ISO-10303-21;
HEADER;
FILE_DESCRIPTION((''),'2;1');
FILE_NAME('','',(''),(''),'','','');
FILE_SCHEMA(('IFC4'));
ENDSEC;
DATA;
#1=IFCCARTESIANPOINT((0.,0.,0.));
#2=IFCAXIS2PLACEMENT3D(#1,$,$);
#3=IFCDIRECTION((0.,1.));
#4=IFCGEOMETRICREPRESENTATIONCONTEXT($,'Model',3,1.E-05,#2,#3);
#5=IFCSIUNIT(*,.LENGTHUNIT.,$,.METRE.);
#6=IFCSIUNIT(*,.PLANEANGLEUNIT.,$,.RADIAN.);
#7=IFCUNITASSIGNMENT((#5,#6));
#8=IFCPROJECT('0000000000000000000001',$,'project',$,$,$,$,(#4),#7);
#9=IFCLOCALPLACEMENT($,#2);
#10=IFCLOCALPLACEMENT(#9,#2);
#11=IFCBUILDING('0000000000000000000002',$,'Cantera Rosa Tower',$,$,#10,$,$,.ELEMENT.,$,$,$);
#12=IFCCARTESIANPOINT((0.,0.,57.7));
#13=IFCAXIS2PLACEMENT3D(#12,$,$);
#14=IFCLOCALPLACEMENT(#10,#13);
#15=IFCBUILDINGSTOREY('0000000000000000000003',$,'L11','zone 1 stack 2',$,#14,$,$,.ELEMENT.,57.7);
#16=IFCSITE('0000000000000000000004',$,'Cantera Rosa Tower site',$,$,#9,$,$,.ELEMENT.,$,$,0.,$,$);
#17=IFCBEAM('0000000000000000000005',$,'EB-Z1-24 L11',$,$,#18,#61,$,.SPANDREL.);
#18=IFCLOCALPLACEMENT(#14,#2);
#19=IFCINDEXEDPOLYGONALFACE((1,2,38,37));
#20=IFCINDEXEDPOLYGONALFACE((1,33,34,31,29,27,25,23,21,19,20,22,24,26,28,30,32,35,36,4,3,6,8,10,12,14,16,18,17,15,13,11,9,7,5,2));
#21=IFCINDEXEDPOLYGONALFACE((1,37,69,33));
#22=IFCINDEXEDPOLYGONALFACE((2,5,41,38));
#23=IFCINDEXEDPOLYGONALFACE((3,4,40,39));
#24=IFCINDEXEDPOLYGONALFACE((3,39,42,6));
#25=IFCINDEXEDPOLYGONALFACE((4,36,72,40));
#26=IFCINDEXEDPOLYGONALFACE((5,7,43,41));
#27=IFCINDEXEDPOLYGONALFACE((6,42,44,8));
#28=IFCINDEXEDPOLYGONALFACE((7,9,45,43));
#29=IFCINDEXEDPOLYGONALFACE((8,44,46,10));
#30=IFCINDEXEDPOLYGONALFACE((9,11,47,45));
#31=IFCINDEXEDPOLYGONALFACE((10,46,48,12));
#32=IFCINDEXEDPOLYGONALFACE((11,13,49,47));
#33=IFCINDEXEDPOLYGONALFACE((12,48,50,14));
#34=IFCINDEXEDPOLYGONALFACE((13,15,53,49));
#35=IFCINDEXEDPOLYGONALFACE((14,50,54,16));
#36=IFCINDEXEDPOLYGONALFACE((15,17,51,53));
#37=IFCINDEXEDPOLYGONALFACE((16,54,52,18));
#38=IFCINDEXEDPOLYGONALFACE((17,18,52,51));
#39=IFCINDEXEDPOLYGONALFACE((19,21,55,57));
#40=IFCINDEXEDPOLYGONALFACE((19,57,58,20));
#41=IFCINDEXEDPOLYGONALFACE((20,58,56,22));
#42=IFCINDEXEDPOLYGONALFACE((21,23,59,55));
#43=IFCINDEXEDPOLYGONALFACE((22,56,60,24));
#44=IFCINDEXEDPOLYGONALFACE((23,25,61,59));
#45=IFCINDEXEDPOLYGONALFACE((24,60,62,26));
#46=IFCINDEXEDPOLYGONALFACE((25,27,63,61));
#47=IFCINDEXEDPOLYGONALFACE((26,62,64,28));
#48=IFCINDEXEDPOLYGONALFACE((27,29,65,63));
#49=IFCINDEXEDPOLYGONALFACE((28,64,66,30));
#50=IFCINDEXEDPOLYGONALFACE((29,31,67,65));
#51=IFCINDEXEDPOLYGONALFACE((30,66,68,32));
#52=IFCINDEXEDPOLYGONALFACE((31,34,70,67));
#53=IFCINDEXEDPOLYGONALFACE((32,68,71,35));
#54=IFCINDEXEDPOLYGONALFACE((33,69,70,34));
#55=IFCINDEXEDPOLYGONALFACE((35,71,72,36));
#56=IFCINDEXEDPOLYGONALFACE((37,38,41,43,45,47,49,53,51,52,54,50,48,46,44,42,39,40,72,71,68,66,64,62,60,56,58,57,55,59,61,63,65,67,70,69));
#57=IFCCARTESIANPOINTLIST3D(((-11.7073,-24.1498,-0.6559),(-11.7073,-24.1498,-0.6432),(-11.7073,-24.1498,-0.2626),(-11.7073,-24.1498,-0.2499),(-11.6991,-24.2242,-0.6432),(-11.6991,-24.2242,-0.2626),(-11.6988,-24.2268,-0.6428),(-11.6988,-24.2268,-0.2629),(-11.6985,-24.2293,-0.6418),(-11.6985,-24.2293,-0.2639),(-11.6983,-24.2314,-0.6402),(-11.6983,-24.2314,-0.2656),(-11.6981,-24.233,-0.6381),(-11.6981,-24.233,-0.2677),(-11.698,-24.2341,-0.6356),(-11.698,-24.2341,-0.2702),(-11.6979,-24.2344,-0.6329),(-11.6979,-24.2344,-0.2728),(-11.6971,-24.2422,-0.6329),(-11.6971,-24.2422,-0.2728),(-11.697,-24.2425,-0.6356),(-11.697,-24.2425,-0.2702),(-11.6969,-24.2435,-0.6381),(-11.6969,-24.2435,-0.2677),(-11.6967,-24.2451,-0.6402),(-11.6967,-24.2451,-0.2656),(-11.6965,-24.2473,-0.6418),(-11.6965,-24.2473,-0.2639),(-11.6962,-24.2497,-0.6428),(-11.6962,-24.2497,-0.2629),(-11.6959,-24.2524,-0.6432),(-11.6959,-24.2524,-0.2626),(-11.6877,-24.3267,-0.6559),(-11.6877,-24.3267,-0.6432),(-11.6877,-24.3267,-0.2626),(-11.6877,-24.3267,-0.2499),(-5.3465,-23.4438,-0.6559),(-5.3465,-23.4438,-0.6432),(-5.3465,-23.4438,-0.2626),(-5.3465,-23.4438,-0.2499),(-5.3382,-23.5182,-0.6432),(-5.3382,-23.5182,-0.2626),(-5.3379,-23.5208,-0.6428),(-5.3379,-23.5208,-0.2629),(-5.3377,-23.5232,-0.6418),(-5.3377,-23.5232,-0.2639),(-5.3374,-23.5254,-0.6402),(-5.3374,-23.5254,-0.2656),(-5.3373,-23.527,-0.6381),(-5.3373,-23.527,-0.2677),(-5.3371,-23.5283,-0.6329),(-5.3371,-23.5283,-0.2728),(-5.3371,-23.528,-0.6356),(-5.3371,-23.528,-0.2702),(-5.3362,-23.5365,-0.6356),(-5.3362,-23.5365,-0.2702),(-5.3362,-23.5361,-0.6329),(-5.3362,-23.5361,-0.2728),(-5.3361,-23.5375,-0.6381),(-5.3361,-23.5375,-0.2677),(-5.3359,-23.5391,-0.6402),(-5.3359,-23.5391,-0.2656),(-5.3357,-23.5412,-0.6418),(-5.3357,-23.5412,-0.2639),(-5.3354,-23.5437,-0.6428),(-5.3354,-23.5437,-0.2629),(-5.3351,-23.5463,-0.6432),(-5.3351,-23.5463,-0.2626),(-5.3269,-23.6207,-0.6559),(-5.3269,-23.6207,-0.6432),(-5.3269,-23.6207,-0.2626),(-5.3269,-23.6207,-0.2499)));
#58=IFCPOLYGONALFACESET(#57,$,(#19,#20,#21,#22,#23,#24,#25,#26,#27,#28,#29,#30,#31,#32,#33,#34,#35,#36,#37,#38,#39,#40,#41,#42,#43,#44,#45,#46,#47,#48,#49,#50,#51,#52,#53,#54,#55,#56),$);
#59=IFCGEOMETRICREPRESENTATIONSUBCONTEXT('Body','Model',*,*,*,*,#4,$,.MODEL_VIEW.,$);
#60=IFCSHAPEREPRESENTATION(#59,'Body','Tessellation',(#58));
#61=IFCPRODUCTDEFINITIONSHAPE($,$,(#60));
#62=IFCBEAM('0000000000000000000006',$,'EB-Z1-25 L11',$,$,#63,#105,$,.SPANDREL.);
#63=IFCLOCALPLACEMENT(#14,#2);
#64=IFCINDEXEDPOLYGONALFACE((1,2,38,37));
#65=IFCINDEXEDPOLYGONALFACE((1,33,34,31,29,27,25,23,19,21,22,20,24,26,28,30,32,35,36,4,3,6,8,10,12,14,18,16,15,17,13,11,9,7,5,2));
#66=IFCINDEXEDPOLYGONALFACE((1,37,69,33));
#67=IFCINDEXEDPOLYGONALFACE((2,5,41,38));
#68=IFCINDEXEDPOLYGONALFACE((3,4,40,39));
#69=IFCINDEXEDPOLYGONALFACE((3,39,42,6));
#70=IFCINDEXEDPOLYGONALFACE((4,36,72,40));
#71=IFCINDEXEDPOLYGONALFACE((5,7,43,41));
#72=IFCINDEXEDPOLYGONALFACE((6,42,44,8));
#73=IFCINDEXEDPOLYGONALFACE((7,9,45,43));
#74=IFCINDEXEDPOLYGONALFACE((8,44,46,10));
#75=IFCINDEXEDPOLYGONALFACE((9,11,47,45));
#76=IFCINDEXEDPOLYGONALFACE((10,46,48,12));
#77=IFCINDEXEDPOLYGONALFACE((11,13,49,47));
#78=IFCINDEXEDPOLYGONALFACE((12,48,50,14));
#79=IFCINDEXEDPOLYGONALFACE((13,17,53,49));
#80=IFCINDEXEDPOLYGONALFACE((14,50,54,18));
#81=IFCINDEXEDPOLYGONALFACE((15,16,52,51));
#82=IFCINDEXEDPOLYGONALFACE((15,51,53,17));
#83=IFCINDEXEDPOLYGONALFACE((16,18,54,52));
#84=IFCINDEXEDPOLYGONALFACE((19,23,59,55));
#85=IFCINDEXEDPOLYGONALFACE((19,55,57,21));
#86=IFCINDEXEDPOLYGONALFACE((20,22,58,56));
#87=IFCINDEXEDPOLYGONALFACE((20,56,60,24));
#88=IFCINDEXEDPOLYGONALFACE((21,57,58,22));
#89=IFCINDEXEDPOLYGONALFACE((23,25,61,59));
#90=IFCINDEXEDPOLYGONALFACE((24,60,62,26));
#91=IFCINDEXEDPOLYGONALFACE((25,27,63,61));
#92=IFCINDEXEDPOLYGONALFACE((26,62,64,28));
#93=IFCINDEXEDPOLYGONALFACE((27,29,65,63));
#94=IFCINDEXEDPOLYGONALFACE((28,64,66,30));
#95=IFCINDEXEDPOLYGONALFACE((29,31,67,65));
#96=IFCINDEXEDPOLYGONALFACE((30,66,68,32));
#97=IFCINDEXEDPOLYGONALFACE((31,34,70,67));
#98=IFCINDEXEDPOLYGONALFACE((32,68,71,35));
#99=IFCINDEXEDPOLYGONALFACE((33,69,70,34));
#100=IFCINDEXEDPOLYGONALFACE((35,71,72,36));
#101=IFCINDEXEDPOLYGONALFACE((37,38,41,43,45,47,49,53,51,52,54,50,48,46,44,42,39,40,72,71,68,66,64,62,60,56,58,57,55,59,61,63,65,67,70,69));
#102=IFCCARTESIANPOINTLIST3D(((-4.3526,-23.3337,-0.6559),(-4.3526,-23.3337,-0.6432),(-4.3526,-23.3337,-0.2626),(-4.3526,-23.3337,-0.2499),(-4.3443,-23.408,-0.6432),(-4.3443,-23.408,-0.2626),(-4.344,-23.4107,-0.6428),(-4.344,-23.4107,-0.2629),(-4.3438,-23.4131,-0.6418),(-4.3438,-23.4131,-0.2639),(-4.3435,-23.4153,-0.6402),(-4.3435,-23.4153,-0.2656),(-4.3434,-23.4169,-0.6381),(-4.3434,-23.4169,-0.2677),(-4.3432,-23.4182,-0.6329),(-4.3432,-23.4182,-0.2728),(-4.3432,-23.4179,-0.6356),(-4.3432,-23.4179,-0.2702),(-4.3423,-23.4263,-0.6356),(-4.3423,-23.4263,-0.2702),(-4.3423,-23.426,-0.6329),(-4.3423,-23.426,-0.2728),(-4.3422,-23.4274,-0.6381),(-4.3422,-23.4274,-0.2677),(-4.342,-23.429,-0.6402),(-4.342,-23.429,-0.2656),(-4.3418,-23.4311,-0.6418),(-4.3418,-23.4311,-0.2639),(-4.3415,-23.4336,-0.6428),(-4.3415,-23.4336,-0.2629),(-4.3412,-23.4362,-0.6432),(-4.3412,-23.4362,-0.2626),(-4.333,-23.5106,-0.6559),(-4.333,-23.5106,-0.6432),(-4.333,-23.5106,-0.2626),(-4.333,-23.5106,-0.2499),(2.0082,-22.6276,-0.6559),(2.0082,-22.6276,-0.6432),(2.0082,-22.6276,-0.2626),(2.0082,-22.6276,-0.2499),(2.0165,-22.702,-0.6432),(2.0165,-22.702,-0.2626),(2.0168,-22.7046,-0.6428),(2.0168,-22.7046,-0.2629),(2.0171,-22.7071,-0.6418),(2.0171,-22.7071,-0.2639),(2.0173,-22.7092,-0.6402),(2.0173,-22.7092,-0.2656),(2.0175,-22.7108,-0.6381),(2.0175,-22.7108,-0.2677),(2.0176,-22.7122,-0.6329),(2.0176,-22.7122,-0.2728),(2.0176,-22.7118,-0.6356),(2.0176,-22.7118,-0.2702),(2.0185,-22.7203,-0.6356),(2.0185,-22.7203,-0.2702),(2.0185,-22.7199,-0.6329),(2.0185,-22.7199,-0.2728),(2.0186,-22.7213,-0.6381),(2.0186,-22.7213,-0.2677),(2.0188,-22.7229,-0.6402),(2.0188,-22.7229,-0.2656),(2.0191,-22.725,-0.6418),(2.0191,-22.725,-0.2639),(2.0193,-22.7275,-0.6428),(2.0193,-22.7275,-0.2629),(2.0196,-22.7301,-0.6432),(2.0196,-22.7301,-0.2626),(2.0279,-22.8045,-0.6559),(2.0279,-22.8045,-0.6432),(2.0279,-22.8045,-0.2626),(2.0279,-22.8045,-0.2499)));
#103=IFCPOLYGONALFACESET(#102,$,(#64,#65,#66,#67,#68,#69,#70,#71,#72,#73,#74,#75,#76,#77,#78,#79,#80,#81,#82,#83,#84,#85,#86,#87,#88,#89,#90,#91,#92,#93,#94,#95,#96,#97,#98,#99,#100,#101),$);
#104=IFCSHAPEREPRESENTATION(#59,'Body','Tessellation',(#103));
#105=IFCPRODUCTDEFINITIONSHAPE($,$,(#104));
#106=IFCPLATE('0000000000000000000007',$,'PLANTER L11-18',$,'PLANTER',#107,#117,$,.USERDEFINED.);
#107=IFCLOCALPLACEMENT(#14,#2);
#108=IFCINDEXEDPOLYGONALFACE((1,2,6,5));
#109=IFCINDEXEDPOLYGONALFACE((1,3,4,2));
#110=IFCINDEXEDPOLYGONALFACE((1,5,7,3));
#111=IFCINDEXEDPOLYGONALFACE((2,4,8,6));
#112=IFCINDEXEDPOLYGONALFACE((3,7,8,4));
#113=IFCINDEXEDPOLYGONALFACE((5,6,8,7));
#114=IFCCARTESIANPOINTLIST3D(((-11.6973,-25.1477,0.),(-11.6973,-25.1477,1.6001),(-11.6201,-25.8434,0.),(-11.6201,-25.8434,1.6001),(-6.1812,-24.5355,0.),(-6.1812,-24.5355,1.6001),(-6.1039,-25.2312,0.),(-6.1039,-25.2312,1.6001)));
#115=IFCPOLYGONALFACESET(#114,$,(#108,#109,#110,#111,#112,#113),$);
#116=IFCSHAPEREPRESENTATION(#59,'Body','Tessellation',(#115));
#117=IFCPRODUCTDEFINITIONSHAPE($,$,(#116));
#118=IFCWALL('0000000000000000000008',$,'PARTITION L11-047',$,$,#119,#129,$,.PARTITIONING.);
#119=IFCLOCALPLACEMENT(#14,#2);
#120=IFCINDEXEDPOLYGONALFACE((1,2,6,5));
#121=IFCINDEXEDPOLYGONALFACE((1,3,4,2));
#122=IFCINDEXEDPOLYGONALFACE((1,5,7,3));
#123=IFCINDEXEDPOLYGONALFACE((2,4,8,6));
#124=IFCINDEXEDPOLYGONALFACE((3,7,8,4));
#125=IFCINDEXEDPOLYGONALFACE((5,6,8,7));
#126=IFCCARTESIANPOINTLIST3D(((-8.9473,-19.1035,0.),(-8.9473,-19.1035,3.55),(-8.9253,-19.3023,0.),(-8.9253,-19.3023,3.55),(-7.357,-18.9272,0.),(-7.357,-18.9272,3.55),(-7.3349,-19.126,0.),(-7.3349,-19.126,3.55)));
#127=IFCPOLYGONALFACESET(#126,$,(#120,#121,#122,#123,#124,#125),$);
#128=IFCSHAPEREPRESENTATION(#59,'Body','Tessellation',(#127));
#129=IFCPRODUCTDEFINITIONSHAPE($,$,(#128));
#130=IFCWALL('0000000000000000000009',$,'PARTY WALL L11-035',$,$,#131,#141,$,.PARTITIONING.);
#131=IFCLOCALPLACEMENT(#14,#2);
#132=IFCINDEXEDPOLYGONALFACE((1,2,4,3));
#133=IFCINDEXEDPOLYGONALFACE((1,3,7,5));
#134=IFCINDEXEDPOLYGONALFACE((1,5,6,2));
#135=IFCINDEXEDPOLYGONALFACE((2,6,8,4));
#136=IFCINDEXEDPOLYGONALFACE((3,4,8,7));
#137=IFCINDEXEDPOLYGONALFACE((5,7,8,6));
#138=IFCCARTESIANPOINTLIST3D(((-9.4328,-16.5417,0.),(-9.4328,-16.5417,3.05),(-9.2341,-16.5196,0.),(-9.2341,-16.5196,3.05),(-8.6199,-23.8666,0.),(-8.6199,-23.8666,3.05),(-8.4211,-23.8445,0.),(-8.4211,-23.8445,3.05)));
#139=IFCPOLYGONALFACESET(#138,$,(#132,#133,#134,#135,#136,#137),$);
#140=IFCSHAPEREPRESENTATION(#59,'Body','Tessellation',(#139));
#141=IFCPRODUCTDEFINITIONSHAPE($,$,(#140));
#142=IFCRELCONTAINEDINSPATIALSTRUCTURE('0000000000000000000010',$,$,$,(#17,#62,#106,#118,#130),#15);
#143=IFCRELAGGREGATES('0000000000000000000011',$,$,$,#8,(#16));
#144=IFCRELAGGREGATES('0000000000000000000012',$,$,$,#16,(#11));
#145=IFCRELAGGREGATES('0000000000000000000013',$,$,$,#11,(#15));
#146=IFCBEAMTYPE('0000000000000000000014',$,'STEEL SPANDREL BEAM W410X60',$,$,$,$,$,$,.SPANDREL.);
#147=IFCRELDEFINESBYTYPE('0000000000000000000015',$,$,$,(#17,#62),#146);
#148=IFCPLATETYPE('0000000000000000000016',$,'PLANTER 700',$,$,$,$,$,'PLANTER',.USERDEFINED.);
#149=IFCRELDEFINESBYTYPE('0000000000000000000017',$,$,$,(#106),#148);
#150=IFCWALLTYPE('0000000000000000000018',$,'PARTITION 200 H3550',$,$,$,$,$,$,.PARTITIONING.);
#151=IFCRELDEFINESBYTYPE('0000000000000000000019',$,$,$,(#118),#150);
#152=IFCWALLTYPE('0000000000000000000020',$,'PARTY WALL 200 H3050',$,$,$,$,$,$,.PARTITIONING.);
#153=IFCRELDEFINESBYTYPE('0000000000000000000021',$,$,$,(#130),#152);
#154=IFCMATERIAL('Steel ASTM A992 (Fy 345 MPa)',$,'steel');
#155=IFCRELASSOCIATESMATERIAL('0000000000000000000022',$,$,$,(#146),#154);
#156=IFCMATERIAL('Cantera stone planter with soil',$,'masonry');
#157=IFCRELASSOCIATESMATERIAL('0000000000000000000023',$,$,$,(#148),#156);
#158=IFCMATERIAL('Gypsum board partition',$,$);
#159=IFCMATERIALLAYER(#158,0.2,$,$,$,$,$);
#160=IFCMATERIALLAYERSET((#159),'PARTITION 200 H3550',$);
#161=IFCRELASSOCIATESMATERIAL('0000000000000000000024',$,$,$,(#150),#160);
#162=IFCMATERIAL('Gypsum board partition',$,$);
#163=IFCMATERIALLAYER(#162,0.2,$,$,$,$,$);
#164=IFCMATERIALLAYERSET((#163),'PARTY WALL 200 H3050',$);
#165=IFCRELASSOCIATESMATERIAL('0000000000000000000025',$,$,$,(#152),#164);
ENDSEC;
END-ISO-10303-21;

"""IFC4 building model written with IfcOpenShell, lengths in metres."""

from ifc_helpers import new_model, si_unit, direction, frame, frame_2d, origin, origin_2d, place, context, subcontext, project, spatial, rectangle, i_section, extrude, material, layer, layer_set, material_profile, profile_set, type_object, element, save


model = new_model("IFC4")

# Units and contexts
model_context = context("Model", 3, precision=1e-05, world=origin(), true_north=direction((0.0, 1.0)))
body_context = subcontext(model_context, "Body", "Model", "MODEL_VIEW")
ifc_project = project(units=[si_unit("LENGTHUNIT", "METRE"), si_unit("PLANEANGLEUNIT", "RADIAN")], contexts=[model_context])

# Site, building, storey
site_placement = place(None, origin())
site = spatial("IfcSite", under=ifc_project, at=site_placement, Name="Cantera Rosa Tower site", CompositionType="ELEMENT", RefElevation=0.0)
building_placement = place(site_placement, origin())
building = spatial("IfcBuilding", under=site, at=building_placement, Name="Cantera Rosa Tower", CompositionType="ELEMENT")
storey_placement = place(building_placement, frame((0.0, 0.0, 57.7)))
storey = spatial("IfcBuildingStorey", under=building, at=storey_placement, Name="L11", Description="zone 1 stack 2", CompositionType="ELEMENT", Elevation=57.7)

# Beams
ifc_material_1 = material(Name="Steel ASTM A992 (Fy 345 MPa)", Category="steel")
ifc_material_profile_1 = material_profile(ifc_material_1, i_section(OverallWidth=0.178, OverallDepth=0.406, WebThickness=0.0078, FlangeThickness=0.0127, FilletRadius=0.0103, at=origin_2d()), Name="W410X60")
ifc_profile_set_1 = profile_set([ifc_material_profile_1], Name="Steel ASTM A992 (Fy 345 MPa)")
beam_type_1 = type_object("IfcBeamType", Name="STEEL SPANDREL BEAM W410X60", PredefinedType="SPANDREL", material=ifc_profile_set_1)
for number, where, z_axis, x_axis, name in (
    (1, (-11.6975, -24.2383, -0.4529), (0.993896, 0.110323, 0.0), (-0.110323, 0.993896, 0.0), "EB-Z1-24 L11"),
    (2, (-4.3428, -23.4221, -0.4529), (0.993896, 0.110323, 0.0), (-0.110323, 0.993896, 0.0), "EB-Z1-25 L11"),
):
    element("IfcBeam", number, at=place(storey_placement, frame(where, z_axis=z_axis, x_axis=x_axis)), inside=storey, type_object=beam_type_1, Name=name, PredefinedType="SPANDREL", context=body_context, shape_type="SweptSolid", body=[
        extrude(i_section(OverallWidth=0.178, OverallDepth=0.406, WebThickness=0.0078, FlangeThickness=0.0127, FilletRadius=0.0103, at=origin_2d()), origin(), (0.0, 0.0, 1.0), 6.3999),
    ])

# Plate
ifc_material_2 = material(Name="Cantera stone planter with soil", Category="masonry")
plate_type = type_object("IfcPlateType", Name="PLANTER 700", ElementType="PLANTER", PredefinedType="USERDEFINED", material=ifc_material_2)
plate_placement = place(storey_placement, frame((-8.9006, -25.1895, 0.0), z_axis=(0.0, 0.0, 1.0), x_axis=(0.993897, 0.110313, 0.0)))
element("IfcPlate", 3, at=plate_placement, inside=storey, type_object=plate_type, Name="PLANTER L11-18", ObjectType="PLANTER", PredefinedType="USERDEFINED", context=body_context, shape_type="SweptSolid", body=[
    extrude(rectangle(XDim=5.55, YDim=0.7, at=origin_2d()), origin(), (0.0, 0.0, 1.0), 1.6001),
])

# Walls
ifc_material_3 = material(Name="Gypsum board partition")
ifc_layer_1 = layer(ifc_material_3, 0.2)
ifc_layer_set_1 = layer_set([ifc_layer_1], Name="PARTITION 200 H3550")
wall_type_1 = type_object("IfcWallType", Name="PARTITION 200 H3550", PredefinedType="PARTITIONING", material=ifc_layer_set_1)
wall_1_placement = place(storey_placement, frame((-7.3459, -19.0266, 0.0), z_axis=(0.0, 0.0, 1.0), x_axis=(-0.993913, -0.110164, 0.0)))
element("IfcWall", 4, at=wall_1_placement, inside=storey, type_object=wall_type_1, Name="PARTITION L11-047", PredefinedType="PARTITIONING", context=body_context, shape_type="SweptSolid", body=[
    extrude(rectangle(XDim=1.6001, YDim=0.2, at=frame_2d((0.8, 0.0))), origin(), (0.0, 0.0, 1.0), 3.55),
])
ifc_material_4 = material(Name="Gypsum board partition")
ifc_layer_2 = layer(ifc_material_4, 0.2)
ifc_layer_set_2 = layer_set([ifc_layer_2], Name="PARTY WALL 200 H3050")
wall_type_2 = type_object("IfcWallType", Name="PARTY WALL 200 H3050", PredefinedType="PARTITIONING", material=ifc_layer_set_2)
wall_2_placement = place(storey_placement, frame((-9.3335, -16.5305, 0.0), z_axis=(0.0, 0.0, 1.0), x_axis=(0.110312, -0.993897, 0.0)))
element("IfcWall", 5, at=wall_2_placement, inside=storey, type_object=wall_type_2, Name="PARTY WALL L11-035", PredefinedType="PARTITIONING", context=body_context, shape_type="SweptSolid", body=[
    extrude(rectangle(XDim=7.3699, YDim=0.2, at=frame_2d((3.6851, 0.0))), origin(), (0.0, 0.0, 1.0), 3.05),
])

save(model, "model.ifc")
